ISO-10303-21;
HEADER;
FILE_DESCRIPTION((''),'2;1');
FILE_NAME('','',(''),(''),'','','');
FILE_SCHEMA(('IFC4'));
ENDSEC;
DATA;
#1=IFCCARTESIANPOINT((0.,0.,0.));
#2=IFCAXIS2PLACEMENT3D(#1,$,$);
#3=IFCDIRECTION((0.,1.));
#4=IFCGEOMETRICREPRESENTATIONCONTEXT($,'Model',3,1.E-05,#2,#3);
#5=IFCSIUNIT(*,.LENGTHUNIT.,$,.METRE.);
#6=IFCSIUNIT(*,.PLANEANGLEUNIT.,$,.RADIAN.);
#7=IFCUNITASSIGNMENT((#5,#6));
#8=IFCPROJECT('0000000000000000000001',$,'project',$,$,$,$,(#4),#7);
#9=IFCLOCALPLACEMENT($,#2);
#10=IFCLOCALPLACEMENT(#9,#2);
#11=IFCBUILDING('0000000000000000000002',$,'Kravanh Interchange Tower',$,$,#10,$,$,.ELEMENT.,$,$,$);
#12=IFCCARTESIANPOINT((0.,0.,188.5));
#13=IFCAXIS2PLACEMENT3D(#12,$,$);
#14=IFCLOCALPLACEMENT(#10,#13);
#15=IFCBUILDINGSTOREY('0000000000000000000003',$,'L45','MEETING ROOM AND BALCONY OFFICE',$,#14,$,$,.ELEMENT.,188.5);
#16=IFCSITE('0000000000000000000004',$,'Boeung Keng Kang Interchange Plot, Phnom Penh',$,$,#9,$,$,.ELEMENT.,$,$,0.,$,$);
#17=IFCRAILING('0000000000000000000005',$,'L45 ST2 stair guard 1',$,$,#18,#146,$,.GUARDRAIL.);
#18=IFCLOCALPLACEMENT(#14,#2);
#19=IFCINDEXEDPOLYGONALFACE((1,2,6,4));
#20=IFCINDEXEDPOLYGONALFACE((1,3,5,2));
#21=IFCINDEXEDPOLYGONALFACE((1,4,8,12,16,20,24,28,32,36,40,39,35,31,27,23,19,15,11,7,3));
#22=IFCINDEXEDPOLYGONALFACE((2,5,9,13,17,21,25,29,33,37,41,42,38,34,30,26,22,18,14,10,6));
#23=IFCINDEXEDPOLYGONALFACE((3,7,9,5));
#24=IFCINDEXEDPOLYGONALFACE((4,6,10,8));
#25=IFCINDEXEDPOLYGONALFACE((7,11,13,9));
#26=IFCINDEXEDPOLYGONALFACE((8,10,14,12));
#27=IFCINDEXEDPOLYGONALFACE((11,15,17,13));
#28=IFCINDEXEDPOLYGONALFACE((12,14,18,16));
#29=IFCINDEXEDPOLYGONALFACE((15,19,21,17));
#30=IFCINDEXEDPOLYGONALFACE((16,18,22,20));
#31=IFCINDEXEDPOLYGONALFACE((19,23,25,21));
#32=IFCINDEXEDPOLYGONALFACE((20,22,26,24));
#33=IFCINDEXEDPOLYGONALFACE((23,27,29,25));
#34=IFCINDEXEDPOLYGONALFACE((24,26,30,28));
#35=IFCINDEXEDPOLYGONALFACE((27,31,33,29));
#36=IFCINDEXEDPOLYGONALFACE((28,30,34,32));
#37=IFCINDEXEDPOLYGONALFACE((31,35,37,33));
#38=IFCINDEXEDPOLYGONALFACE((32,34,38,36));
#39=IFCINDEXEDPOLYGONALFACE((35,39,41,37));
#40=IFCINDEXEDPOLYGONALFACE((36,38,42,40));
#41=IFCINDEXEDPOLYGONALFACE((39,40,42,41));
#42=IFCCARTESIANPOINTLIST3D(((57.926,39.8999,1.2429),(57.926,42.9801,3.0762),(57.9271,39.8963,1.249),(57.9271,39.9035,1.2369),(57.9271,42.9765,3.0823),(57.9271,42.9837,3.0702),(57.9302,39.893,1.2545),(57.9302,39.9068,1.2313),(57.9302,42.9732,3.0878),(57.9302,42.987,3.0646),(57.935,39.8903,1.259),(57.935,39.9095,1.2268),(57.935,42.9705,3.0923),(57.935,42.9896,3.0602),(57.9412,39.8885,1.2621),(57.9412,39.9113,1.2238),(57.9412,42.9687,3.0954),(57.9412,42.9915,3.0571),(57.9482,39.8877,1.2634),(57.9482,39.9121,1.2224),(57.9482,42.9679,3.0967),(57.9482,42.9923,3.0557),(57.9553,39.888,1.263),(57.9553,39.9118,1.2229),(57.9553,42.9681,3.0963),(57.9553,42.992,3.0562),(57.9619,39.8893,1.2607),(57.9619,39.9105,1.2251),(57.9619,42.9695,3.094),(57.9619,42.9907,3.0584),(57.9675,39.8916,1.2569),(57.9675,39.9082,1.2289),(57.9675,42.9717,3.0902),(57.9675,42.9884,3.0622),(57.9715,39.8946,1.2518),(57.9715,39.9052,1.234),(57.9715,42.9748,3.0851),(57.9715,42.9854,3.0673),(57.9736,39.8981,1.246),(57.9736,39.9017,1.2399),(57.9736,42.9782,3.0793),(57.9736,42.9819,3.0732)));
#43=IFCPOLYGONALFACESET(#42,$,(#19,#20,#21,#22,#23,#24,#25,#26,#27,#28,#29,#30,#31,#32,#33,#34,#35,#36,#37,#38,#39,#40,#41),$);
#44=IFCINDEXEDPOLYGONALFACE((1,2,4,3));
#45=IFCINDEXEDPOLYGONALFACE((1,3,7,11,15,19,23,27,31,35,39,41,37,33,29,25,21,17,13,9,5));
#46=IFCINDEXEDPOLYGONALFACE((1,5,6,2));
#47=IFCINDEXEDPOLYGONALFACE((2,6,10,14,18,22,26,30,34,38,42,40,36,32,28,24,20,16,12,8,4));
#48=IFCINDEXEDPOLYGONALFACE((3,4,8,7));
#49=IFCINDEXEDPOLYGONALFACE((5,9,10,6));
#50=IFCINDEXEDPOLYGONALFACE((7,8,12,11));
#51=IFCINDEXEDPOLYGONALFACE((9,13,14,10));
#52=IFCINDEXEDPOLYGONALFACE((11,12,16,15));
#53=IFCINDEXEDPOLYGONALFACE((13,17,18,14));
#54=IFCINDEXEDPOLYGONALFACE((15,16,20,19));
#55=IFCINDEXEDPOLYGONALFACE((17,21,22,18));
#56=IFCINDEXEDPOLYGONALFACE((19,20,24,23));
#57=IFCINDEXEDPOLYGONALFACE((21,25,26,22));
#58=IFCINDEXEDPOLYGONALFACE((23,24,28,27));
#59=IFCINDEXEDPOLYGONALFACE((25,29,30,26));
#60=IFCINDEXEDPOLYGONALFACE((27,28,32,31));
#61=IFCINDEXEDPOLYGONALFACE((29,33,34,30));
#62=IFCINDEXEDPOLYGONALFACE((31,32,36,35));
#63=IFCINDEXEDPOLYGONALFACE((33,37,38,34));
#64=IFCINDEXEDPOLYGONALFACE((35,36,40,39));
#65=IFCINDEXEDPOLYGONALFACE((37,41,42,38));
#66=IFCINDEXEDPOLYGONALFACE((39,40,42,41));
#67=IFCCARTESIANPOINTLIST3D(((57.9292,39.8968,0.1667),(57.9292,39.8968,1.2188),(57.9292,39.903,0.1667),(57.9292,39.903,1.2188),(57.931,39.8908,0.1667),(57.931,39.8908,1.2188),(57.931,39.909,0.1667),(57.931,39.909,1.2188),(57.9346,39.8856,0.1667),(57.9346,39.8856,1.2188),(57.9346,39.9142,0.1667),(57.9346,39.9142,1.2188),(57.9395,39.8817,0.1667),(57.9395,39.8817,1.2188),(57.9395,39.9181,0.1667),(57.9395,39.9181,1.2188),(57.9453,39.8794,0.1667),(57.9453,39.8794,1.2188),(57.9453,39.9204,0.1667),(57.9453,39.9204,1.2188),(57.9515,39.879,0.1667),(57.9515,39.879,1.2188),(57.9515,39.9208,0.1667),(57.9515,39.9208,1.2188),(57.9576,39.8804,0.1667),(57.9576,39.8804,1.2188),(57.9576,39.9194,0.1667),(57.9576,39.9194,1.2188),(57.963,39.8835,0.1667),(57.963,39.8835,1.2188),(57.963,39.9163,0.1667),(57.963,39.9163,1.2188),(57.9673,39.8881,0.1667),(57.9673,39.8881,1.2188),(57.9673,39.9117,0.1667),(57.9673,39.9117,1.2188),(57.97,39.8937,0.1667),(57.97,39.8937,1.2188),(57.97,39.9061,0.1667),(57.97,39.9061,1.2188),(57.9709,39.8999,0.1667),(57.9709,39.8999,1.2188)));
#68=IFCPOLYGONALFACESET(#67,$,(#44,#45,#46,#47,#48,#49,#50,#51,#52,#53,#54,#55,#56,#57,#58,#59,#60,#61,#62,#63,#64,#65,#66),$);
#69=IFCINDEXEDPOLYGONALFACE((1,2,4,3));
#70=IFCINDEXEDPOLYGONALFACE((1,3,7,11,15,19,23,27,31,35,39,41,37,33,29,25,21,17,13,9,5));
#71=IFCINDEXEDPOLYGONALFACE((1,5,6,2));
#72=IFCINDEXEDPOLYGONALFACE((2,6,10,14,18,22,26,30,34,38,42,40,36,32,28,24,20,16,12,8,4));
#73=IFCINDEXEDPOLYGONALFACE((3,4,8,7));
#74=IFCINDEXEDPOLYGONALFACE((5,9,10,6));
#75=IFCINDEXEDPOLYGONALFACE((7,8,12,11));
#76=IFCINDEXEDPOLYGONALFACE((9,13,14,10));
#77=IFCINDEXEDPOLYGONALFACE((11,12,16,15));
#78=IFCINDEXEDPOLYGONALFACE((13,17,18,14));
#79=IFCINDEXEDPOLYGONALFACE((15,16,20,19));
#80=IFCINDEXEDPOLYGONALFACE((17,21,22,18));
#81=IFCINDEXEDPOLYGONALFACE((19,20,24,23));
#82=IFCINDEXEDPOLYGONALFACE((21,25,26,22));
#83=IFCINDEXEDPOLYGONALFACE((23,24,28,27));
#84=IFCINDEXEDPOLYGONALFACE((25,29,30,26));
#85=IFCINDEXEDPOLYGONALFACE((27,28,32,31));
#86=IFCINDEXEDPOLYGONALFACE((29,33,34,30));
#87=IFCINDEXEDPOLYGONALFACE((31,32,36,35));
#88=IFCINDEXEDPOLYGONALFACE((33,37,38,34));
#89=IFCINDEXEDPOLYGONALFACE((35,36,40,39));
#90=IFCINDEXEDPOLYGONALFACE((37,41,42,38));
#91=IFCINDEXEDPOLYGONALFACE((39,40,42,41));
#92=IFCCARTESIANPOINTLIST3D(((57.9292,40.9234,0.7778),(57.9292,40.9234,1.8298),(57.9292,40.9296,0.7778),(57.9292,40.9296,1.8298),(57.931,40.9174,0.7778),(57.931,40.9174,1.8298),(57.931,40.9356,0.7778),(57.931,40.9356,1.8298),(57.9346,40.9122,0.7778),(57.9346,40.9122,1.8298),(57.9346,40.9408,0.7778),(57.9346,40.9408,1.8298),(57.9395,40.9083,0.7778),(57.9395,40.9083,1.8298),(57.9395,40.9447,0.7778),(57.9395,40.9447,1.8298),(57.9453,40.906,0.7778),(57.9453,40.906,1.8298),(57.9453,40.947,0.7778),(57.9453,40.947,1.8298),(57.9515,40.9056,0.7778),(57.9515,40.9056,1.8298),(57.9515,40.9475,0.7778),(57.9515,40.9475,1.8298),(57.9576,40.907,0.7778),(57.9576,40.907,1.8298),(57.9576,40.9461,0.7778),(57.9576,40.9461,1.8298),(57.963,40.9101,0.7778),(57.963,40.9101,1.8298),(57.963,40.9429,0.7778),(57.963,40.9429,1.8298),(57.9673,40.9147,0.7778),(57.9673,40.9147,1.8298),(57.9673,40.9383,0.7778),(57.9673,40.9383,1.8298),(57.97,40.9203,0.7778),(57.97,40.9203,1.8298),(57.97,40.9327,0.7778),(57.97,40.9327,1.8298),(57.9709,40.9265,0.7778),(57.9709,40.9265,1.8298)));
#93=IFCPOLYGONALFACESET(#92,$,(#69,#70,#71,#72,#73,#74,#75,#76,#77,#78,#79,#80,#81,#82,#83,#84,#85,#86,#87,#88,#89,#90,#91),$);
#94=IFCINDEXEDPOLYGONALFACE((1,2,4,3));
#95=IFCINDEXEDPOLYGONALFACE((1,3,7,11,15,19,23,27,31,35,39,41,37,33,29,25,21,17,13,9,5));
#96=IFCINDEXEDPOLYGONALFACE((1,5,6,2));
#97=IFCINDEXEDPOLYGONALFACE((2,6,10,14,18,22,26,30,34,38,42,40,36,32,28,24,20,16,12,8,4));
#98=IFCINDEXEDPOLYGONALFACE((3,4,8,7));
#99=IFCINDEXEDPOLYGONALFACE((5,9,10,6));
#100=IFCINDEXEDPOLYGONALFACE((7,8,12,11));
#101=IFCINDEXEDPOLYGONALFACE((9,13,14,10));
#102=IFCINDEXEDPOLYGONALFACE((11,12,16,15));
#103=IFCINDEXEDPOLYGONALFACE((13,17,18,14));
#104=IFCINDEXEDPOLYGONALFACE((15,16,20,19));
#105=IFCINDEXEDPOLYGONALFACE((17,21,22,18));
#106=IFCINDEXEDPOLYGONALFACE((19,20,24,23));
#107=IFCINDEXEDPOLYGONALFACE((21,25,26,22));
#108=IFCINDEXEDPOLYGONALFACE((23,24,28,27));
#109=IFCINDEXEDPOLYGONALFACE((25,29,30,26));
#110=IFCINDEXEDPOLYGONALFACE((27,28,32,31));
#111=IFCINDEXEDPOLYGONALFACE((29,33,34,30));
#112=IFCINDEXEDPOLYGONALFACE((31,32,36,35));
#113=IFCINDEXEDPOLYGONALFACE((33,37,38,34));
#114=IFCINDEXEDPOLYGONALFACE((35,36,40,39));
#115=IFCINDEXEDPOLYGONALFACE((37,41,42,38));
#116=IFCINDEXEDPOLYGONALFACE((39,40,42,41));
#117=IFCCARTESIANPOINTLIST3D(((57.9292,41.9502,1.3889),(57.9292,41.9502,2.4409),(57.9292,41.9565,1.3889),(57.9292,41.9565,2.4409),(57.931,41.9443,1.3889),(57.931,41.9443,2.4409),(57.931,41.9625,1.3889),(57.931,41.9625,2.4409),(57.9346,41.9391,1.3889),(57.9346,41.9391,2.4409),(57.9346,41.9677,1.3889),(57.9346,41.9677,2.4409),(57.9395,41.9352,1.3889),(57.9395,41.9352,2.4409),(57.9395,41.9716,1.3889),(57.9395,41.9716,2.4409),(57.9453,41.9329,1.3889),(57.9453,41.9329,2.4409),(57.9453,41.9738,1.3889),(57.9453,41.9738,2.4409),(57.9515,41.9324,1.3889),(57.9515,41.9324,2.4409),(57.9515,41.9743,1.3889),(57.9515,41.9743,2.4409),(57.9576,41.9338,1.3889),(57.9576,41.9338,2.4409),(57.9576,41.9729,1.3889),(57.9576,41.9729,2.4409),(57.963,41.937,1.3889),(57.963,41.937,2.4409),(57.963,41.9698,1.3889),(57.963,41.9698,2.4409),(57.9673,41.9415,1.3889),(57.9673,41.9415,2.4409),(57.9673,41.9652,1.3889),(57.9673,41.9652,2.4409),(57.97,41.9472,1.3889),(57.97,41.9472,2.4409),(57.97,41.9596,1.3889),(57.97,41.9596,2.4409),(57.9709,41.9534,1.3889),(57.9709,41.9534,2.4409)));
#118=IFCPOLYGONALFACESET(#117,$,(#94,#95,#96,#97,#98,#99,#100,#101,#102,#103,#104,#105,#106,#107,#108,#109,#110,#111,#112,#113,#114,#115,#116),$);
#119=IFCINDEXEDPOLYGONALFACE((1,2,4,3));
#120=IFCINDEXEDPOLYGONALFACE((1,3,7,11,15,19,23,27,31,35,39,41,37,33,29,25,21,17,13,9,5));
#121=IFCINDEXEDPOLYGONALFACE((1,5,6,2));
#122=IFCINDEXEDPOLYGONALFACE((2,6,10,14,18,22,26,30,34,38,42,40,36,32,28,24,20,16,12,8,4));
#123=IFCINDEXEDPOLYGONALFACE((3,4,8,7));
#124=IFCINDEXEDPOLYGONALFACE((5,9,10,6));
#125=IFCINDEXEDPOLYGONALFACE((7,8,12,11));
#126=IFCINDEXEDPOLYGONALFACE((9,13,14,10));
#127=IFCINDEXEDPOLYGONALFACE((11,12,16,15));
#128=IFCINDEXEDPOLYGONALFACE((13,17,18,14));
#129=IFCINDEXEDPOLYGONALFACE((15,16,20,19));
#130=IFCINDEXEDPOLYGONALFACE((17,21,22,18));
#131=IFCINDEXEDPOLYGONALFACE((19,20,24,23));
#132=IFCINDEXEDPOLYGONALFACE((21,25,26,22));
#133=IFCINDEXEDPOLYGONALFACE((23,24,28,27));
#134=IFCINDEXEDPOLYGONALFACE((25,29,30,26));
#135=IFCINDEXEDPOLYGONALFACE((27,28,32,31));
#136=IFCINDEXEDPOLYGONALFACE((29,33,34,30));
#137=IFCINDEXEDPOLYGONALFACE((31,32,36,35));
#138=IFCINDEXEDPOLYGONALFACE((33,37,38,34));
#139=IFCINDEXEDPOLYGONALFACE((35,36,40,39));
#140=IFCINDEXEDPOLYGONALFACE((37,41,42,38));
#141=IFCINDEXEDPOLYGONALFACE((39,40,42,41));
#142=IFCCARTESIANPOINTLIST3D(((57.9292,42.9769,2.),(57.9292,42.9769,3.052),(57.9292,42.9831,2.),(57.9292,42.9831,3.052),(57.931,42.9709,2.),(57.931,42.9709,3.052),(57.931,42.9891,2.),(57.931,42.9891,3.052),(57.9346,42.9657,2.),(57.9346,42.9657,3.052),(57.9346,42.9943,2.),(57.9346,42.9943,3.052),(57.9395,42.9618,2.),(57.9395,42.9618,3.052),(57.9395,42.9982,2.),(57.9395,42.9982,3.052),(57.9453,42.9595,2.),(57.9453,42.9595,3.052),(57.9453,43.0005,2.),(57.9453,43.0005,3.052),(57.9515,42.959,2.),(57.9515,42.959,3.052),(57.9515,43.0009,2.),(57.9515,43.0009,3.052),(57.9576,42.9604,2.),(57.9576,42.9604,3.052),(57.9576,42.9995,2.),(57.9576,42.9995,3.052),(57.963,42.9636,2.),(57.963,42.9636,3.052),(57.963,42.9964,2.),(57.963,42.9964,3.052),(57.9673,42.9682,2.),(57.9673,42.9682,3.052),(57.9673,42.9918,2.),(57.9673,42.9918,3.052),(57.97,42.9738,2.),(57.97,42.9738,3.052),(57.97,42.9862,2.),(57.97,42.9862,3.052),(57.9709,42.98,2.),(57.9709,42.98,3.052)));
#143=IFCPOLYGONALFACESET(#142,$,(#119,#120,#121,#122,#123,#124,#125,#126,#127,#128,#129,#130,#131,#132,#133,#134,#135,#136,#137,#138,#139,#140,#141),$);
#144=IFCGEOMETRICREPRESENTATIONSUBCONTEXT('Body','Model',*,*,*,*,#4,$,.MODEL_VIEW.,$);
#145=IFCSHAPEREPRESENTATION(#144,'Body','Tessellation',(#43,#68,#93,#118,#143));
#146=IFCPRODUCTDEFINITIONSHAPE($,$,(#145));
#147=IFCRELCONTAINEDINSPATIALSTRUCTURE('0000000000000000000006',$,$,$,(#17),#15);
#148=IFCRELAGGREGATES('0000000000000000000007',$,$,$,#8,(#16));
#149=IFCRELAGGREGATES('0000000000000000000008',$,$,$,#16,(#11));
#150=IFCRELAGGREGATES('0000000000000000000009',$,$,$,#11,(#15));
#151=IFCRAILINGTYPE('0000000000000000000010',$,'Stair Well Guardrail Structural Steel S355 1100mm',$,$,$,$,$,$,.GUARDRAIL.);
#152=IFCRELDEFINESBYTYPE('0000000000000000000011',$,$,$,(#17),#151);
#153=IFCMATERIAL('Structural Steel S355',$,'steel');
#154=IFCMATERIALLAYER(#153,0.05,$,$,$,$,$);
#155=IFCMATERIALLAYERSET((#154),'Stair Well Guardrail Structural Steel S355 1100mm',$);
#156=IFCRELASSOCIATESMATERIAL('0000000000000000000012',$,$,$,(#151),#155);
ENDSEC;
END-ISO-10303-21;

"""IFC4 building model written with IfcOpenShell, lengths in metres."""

from ifc_helpers import new_model, si_unit, direction, frame, origin, origin_2d, place, context, subcontext, project, spatial, circle, extrude, material, layer, layer_set, type_object, element, save


model = new_model("IFC4")

# Units and contexts
model_context = context("Model", 3, precision=1e-05, world=origin(), true_north=direction((0.0, 1.0)))
body_context = subcontext(model_context, "Body", "Model", "MODEL_VIEW")
ifc_project = project(units=[si_unit("LENGTHUNIT", "METRE"), si_unit("PLANEANGLEUNIT", "RADIAN")], contexts=[model_context])

# Site, building, storey
site_placement = place(None, origin())
site = spatial("IfcSite", under=ifc_project, at=site_placement, Name="Boeung Keng Kang Interchange Plot, Phnom Penh", CompositionType="ELEMENT", RefElevation=0.0)
building_placement = place(site_placement, origin())
building = spatial("IfcBuilding", under=site, at=building_placement, Name="Kravanh Interchange Tower", CompositionType="ELEMENT")
storey_placement = place(building_placement, frame((0.0, 0.0, 188.5)))
storey = spatial("IfcBuildingStorey", under=building, at=storey_placement, Name="L45", Description="MEETING ROOM AND BALCONY OFFICE", CompositionType="ELEMENT", Elevation=188.5)

# Railing
ifc_material_1 = material(Name="Structural Steel S355", Category="steel")
ifc_layer_1 = layer(ifc_material_1, 0.05)
ifc_layer_set_1 = layer_set([ifc_layer_1], Name="Stair Well Guardrail Structural Steel S355 1100mm")
railing_type_1 = type_object("IfcRailingType", Name="Stair Well Guardrail Structural Steel S355 1100mm", PredefinedType="GUARDRAIL", material=ifc_layer_set_1)
railing_1_placement = place(storey_placement, frame((57.95, 39.8999, 0.1667)))
element("IfcRailing", 1, at=railing_1_placement, inside=storey, type_object=railing_type_1, Name="L45 ST2 stair guard 1", PredefinedType="GUARDRAIL", context=body_context, shape_type="SweptSolid", body=[
    extrude(circle(Radius=0.0239, at=origin_2d()), frame((0.0, 0.0, 1.0762), z_axis=(0.0, 0.859309, 0.511458), x_axis=(-1.0, 0.0, 0.0)), (0.0, 0.0, 1.0), 3.5845),
    extrude(circle(Radius=0.021, at=origin_2d()), origin(), (0.0, 0.0, 1.0), 1.052),
    extrude(circle(Radius=0.021, at=origin_2d()), frame((0.0, 1.0266, 0.6111)), (0.0, 0.0, 1.0), 1.052),
    extrude(circle(Radius=0.021, at=origin_2d()), frame((0.0, 2.0535, 1.2222)), (0.0, 0.0, 1.0), 1.052),
    extrude(circle(Radius=0.021, at=origin_2d()), frame((0.0, 3.0801, 1.8333)), (0.0, 0.0, 1.0), 1.052),
])

save(model, "model.ifc")
